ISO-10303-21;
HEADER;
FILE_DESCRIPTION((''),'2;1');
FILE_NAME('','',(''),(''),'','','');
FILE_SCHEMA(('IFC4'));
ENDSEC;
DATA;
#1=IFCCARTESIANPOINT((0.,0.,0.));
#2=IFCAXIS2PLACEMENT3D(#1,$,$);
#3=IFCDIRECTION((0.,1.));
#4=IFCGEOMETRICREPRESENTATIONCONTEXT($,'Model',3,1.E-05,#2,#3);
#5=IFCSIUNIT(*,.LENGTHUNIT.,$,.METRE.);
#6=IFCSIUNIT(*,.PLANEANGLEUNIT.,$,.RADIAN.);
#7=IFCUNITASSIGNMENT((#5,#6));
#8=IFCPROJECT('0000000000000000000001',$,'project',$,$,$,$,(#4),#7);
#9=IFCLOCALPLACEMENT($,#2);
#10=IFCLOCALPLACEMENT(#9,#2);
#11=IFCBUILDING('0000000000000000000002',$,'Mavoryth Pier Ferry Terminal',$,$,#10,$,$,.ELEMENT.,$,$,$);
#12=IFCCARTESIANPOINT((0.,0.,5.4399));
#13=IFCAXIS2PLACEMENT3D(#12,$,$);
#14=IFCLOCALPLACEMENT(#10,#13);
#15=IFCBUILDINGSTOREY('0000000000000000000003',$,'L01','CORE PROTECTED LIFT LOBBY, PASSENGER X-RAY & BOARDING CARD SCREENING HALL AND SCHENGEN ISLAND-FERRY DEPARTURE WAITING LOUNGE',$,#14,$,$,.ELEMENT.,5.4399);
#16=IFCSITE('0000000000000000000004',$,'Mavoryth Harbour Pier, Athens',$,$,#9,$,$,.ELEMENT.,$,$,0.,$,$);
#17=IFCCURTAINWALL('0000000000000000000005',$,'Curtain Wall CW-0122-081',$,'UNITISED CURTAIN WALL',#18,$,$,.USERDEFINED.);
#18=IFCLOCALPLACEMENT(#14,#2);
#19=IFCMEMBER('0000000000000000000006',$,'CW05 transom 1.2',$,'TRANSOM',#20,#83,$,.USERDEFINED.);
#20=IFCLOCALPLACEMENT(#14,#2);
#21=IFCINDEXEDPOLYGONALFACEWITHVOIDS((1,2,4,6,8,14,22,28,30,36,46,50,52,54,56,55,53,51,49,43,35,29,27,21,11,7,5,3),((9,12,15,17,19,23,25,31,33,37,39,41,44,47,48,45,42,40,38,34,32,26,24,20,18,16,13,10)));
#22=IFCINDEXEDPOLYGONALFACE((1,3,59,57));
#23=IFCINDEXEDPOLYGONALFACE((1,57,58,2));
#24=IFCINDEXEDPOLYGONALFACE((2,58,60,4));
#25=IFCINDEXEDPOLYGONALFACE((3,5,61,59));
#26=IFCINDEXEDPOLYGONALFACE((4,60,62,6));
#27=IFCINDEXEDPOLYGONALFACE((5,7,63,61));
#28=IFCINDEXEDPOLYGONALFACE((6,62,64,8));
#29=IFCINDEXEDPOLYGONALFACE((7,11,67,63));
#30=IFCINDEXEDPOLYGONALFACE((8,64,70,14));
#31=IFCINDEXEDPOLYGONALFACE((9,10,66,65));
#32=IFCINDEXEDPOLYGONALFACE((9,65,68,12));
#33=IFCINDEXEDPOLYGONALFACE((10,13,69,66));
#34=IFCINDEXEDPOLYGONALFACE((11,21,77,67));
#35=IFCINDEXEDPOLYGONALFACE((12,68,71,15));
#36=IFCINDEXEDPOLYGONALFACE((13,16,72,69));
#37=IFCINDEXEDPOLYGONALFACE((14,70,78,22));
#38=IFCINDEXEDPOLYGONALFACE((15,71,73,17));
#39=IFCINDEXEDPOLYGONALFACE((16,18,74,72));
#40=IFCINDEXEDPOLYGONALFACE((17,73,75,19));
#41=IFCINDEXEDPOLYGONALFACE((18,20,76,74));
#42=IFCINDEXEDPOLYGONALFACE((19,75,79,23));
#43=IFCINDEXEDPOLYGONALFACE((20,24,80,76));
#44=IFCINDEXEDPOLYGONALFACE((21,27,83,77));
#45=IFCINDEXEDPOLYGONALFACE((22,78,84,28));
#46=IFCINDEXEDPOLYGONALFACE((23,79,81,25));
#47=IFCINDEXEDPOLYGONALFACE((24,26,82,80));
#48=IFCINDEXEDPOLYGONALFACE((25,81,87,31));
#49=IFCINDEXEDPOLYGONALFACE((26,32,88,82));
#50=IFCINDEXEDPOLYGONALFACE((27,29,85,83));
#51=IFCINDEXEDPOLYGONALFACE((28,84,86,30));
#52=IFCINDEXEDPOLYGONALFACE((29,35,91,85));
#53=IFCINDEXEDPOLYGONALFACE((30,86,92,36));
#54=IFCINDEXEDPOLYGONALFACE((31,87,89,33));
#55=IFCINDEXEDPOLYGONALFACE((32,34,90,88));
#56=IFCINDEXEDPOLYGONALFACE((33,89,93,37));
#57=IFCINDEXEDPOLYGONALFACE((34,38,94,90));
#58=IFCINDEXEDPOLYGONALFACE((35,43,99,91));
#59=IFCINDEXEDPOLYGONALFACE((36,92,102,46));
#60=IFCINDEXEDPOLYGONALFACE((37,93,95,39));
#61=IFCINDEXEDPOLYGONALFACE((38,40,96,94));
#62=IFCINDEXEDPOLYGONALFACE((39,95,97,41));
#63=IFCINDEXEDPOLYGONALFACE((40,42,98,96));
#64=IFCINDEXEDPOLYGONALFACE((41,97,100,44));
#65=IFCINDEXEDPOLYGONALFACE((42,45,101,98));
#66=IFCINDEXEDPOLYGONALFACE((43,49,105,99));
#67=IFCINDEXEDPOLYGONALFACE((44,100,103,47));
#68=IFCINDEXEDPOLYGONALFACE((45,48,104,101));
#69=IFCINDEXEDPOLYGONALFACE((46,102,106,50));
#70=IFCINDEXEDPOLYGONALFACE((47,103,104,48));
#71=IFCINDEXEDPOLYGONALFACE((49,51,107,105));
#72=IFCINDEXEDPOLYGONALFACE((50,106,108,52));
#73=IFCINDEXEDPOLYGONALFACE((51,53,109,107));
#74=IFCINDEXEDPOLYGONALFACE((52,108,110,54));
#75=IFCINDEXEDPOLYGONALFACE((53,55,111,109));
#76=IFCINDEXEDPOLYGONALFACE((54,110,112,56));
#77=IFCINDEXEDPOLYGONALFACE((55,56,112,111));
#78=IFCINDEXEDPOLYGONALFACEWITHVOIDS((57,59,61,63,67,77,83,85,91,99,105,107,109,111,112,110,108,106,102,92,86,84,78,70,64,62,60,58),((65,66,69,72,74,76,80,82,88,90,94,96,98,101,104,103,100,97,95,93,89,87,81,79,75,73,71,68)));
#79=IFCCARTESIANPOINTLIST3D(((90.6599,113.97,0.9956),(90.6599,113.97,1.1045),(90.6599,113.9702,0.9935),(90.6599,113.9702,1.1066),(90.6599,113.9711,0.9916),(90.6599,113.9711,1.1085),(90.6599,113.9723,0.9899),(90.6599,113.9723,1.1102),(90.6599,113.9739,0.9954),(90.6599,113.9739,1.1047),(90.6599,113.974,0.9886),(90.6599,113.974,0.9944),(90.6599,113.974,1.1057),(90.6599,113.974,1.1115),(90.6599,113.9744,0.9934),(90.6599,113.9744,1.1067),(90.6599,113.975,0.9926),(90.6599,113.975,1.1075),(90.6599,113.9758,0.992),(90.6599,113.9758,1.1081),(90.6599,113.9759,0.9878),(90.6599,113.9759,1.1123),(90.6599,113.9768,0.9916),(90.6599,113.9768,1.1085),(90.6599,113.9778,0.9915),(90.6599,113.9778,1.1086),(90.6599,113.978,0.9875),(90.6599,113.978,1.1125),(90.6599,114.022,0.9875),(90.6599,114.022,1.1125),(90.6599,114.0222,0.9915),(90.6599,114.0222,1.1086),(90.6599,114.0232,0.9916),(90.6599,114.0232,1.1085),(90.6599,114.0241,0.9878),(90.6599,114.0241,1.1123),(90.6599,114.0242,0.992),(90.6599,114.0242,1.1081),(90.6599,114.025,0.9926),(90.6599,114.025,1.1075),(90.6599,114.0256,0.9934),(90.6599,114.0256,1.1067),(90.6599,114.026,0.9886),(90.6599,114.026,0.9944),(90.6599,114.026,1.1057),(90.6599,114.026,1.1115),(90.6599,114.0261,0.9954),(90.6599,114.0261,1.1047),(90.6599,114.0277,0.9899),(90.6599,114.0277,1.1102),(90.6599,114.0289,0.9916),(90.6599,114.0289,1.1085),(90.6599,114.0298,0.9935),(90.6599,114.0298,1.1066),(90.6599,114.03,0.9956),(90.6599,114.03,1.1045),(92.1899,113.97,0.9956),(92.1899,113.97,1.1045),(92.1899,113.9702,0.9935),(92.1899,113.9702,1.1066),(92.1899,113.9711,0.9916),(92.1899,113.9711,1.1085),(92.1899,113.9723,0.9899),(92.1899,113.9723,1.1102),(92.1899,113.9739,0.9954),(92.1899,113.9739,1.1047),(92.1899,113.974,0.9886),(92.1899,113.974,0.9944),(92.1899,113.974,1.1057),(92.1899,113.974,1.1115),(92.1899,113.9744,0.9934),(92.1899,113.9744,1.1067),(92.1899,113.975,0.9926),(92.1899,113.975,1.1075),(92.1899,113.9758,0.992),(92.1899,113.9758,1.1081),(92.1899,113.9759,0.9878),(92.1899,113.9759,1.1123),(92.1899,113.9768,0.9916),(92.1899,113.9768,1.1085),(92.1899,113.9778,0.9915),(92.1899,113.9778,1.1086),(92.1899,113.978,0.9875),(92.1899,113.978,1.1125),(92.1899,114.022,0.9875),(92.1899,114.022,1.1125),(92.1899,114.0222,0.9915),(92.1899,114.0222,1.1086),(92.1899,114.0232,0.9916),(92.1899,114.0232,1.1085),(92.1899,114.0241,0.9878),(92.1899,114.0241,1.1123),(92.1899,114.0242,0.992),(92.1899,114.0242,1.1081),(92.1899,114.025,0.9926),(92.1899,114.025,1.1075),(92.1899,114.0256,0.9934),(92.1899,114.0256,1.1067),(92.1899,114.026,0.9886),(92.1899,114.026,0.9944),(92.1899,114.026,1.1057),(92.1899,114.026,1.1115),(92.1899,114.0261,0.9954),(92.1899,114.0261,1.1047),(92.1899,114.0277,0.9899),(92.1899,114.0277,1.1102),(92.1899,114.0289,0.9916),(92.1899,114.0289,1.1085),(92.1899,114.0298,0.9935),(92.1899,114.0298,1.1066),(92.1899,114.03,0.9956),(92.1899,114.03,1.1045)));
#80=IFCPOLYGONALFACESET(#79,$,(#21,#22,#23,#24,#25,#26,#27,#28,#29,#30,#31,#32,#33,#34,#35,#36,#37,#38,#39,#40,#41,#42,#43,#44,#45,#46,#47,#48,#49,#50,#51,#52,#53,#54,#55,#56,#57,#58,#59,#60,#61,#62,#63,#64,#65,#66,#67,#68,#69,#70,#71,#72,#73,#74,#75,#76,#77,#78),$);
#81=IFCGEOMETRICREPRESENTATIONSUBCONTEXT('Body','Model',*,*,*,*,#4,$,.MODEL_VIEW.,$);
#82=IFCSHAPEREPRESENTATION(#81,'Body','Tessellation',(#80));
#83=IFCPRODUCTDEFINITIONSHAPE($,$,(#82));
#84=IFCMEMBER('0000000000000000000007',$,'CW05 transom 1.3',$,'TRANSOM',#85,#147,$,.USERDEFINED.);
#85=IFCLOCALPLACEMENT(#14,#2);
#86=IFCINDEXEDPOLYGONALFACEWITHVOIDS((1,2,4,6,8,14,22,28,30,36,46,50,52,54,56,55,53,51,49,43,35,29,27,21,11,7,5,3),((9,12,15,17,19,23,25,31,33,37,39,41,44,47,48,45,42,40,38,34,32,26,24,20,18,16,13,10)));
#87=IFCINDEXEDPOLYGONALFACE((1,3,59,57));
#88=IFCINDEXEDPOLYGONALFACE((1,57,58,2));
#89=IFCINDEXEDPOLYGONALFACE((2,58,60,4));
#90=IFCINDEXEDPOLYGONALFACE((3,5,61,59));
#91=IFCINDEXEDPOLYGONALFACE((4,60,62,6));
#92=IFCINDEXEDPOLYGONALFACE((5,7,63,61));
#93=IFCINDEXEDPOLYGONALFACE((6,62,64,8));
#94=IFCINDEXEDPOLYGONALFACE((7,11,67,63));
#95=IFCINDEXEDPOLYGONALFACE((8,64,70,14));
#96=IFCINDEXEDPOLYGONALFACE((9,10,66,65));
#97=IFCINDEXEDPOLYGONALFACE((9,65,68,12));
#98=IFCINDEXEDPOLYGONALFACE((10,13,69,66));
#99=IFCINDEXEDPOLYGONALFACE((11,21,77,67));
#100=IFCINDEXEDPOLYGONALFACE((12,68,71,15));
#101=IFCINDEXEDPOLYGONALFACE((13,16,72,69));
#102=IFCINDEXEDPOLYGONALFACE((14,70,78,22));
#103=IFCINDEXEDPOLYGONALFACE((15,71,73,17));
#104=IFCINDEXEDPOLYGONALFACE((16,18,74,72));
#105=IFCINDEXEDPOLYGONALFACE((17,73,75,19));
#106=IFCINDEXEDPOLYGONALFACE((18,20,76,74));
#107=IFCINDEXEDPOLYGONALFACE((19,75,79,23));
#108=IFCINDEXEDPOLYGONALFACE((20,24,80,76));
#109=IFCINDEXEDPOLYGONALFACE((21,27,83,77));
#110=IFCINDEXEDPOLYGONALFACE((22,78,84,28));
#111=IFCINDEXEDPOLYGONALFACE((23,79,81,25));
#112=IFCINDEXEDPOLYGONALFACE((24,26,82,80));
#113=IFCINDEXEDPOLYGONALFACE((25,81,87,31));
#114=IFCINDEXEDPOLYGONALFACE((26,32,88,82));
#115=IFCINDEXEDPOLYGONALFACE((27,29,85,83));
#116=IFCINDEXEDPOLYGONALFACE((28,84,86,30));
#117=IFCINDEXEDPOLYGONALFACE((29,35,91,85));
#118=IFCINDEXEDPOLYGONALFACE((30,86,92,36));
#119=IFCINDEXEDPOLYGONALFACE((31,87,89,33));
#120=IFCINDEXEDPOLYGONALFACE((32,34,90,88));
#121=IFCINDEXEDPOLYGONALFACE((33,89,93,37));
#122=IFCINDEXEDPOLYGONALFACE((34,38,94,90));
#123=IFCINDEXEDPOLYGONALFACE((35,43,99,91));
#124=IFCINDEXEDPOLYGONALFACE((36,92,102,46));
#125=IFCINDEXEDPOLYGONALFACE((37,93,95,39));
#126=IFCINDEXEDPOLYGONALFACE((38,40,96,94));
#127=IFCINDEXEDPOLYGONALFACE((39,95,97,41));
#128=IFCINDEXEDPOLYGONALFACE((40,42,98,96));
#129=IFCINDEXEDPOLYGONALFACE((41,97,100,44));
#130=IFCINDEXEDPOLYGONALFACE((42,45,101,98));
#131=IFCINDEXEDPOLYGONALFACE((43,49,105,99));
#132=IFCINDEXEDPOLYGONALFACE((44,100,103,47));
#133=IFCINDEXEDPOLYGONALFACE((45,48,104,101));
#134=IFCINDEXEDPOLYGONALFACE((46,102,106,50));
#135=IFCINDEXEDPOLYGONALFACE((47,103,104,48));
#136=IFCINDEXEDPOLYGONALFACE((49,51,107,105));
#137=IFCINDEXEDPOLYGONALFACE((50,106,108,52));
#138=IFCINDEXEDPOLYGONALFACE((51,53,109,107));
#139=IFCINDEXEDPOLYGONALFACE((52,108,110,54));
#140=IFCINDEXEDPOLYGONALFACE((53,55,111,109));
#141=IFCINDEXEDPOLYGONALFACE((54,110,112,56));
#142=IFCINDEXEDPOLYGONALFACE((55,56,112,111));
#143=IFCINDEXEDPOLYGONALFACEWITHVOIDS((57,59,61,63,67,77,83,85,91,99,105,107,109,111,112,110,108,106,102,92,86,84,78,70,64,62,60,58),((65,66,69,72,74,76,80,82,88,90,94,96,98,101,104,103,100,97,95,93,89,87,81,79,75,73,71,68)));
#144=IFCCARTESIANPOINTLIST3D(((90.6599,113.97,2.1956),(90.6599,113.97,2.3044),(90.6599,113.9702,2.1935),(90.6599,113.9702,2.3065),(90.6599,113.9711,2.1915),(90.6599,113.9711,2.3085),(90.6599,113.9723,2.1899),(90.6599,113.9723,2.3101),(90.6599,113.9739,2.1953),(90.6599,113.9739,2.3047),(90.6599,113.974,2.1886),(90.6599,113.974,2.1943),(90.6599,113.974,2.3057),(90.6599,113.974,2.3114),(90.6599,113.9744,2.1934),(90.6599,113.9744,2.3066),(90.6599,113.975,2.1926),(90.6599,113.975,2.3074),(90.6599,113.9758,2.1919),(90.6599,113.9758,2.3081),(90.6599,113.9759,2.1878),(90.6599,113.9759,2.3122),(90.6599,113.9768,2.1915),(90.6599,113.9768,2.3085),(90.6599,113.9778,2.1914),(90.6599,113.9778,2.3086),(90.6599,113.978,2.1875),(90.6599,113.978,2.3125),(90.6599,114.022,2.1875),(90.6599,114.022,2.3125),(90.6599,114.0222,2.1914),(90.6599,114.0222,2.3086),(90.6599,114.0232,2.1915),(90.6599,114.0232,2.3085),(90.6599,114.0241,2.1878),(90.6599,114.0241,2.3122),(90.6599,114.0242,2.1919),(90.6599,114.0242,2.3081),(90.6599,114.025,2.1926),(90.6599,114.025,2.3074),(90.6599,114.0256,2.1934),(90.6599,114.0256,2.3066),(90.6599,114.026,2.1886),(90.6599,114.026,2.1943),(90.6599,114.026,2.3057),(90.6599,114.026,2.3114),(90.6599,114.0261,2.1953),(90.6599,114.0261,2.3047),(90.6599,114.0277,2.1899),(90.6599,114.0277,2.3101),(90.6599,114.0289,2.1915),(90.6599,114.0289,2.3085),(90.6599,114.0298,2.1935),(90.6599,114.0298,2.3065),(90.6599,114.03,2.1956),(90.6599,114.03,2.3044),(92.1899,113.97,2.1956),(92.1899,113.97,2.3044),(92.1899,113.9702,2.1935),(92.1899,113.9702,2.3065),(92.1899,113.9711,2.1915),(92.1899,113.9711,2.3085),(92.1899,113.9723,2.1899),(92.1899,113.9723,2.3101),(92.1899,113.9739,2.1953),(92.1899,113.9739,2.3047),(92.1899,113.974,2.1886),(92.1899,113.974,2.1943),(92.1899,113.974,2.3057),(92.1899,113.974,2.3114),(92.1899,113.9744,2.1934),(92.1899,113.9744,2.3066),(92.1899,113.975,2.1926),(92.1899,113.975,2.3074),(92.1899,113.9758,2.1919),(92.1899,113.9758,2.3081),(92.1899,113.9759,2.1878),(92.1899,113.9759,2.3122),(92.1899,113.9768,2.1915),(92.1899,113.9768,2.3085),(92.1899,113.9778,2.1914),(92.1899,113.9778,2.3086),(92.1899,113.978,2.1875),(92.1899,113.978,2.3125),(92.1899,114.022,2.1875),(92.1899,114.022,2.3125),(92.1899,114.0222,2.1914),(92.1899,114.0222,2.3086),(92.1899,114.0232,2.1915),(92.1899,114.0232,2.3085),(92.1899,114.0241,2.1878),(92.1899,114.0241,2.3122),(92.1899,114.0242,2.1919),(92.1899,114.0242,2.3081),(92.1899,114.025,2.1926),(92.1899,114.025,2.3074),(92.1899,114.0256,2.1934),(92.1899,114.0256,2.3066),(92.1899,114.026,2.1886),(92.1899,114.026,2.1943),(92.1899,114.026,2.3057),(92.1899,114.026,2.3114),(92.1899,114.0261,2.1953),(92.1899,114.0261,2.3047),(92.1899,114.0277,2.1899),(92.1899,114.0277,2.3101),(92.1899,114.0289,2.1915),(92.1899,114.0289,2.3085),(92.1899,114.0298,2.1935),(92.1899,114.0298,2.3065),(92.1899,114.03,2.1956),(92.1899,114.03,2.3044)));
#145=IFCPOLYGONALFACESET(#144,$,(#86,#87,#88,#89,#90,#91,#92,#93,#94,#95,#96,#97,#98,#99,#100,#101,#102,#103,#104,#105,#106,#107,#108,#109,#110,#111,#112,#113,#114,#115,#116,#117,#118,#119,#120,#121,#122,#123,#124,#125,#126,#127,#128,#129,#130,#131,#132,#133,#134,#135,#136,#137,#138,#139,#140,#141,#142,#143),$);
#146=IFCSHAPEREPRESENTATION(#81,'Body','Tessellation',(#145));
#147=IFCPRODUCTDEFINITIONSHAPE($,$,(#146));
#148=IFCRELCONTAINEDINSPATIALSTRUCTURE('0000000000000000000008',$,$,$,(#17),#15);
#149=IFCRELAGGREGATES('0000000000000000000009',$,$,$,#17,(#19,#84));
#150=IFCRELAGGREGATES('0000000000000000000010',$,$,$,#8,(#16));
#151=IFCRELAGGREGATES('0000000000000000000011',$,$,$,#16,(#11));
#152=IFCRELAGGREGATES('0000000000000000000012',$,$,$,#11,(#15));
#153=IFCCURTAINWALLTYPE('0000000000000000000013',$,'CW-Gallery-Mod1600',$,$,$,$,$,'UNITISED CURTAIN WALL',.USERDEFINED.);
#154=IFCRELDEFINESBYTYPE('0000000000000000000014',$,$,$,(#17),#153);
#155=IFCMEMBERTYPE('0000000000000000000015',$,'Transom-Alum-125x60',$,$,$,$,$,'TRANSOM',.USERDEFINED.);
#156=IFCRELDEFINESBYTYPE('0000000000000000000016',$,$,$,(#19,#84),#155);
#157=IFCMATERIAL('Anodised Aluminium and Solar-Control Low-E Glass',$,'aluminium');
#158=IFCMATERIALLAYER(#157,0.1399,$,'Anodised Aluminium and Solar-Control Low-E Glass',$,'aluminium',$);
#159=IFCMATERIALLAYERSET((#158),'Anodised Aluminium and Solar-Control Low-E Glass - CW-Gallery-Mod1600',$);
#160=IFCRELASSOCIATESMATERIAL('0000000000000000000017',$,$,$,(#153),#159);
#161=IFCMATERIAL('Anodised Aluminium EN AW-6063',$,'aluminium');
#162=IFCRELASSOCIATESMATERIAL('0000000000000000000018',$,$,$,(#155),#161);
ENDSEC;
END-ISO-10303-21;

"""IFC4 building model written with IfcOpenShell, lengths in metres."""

from ifc_helpers import new_model, si_unit, direction, frame, origin, origin_2d, place, context, subcontext, project, spatial, hollow_rectangle, extrude, material, layer, layer_set, material_profile, profile_set, type_object, element, aggregate, save


model = new_model("IFC4")

# Units and contexts
model_context = context("Model", 3, precision=1e-05, world=origin(), true_north=direction((0.0, 1.0)))
body_context = subcontext(model_context, "Body", "Model", "MODEL_VIEW")
ifc_project = project(units=[si_unit("LENGTHUNIT", "METRE"), si_unit("PLANEANGLEUNIT", "RADIAN")], contexts=[model_context])

# Site, building, storey
site_placement = place(None, origin())
site = spatial("IfcSite", under=ifc_project, at=site_placement, Name="Mavoryth Harbour Pier, Athens", CompositionType="ELEMENT", RefElevation=0.0)
building_placement = place(site_placement, origin())
building = spatial("IfcBuilding", under=site, at=building_placement, Name="Mavoryth Pier Ferry Terminal", CompositionType="ELEMENT")
storey_placement = place(building_placement, frame((0.0, 0.0, 5.4399)))
storey = spatial("IfcBuildingStorey", under=building, at=storey_placement, Name="L01", Description="CORE PROTECTED LIFT LOBBY, PASSENGER X-RAY & BOARDING CARD SCREENING HALL AND SCHENGEN ISLAND-FERRY DEPARTURE WAITING LOUNGE", CompositionType="ELEMENT", Elevation=5.4399)

# Curtain wall
ifc_material_1 = material(Name="Anodised Aluminium and Solar-Control Low-E Glass", Category="aluminium")
ifc_layer_1 = layer(ifc_material_1, 0.1399, Name="Anodised Aluminium and Solar-Control Low-E Glass", Category="aluminium")
ifc_layer_set_1 = layer_set([ifc_layer_1], Name="Anodised Aluminium and Solar-Control Low-E Glass - CW-Gallery-Mod1600")
curtain_wall_type = type_object("IfcCurtainWallType", Name="CW-Gallery-Mod1600", ElementType="UNITISED CURTAIN WALL", PredefinedType="USERDEFINED", material=ifc_layer_set_1)
curtain_wall_1_placement = place(storey_placement, origin())
curtain_wall_1 = element("IfcCurtainWall", 1, at=curtain_wall_1_placement, inside=storey, type_object=curtain_wall_type, Name="Curtain Wall CW-0122-081", ObjectType="UNITISED CURTAIN WALL", PredefinedType="USERDEFINED")
ifc_material_2 = material(Name="Anodised Aluminium EN AW-6063", Category="aluminium")

# Members
ifc_material_profile_1 = material_profile(ifc_material_2, hollow_rectangle(XDim=0.0601, YDim=0.125, WallThickness=0.0039, InnerFilletRadius=0.0039, OuterFilletRadius=0.0081, at=origin_2d()), Name="AL-TRAN 125x60x4", Category="aluminium")
ifc_profile_set_1 = profile_set([ifc_material_profile_1], Name="Anodised Aluminium EN AW-6063 - AL-TRAN 125x60x4")
member_type_1 = type_object("IfcMemberType", Name="Transom-Alum-125x60", ElementType="TRANSOM", PredefinedType="USERDEFINED", material=ifc_profile_set_1)
member_1_placement = place(storey_placement, frame((92.1899, 114.0, 1.05), z_axis=(-1.0, 0.0, 0.0), x_axis=(0.0, -1.0, 0.0)))
member_1 = element("IfcMember", 2, at=member_1_placement, type_object=member_type_1, Name="CW05 transom 1.2", ObjectType="TRANSOM", PredefinedType="USERDEFINED", context=body_context, shape_type="SweptSolid", body=[
    extrude(hollow_rectangle(XDim=0.0601, YDim=0.125, WallThickness=0.0039, InnerFilletRadius=0.0039, OuterFilletRadius=0.0081, at=origin_2d()), origin(), (0.0, 0.0, 1.0), 1.53),
])
member_2_placement = place(storey_placement, frame((92.1899, 114.0, 2.25), z_axis=(-1.0, 0.0, 0.0), x_axis=(0.0, -1.0, 0.0)))
member_2 = element("IfcMember", 3, at=member_2_placement, type_object=member_type_1, Name="CW05 transom 1.3", ObjectType="TRANSOM", PredefinedType="USERDEFINED", context=body_context, shape_type="SweptSolid", body=[
    extrude(hollow_rectangle(XDim=0.0601, YDim=0.125, WallThickness=0.0039, InnerFilletRadius=0.0039, OuterFilletRadius=0.0081, at=origin_2d()), origin(), (0.0, 0.0, 1.0), 1.53),
])

aggregate(curtain_wall_1, [member_1, member_2])

save(model, "model.ifc")
